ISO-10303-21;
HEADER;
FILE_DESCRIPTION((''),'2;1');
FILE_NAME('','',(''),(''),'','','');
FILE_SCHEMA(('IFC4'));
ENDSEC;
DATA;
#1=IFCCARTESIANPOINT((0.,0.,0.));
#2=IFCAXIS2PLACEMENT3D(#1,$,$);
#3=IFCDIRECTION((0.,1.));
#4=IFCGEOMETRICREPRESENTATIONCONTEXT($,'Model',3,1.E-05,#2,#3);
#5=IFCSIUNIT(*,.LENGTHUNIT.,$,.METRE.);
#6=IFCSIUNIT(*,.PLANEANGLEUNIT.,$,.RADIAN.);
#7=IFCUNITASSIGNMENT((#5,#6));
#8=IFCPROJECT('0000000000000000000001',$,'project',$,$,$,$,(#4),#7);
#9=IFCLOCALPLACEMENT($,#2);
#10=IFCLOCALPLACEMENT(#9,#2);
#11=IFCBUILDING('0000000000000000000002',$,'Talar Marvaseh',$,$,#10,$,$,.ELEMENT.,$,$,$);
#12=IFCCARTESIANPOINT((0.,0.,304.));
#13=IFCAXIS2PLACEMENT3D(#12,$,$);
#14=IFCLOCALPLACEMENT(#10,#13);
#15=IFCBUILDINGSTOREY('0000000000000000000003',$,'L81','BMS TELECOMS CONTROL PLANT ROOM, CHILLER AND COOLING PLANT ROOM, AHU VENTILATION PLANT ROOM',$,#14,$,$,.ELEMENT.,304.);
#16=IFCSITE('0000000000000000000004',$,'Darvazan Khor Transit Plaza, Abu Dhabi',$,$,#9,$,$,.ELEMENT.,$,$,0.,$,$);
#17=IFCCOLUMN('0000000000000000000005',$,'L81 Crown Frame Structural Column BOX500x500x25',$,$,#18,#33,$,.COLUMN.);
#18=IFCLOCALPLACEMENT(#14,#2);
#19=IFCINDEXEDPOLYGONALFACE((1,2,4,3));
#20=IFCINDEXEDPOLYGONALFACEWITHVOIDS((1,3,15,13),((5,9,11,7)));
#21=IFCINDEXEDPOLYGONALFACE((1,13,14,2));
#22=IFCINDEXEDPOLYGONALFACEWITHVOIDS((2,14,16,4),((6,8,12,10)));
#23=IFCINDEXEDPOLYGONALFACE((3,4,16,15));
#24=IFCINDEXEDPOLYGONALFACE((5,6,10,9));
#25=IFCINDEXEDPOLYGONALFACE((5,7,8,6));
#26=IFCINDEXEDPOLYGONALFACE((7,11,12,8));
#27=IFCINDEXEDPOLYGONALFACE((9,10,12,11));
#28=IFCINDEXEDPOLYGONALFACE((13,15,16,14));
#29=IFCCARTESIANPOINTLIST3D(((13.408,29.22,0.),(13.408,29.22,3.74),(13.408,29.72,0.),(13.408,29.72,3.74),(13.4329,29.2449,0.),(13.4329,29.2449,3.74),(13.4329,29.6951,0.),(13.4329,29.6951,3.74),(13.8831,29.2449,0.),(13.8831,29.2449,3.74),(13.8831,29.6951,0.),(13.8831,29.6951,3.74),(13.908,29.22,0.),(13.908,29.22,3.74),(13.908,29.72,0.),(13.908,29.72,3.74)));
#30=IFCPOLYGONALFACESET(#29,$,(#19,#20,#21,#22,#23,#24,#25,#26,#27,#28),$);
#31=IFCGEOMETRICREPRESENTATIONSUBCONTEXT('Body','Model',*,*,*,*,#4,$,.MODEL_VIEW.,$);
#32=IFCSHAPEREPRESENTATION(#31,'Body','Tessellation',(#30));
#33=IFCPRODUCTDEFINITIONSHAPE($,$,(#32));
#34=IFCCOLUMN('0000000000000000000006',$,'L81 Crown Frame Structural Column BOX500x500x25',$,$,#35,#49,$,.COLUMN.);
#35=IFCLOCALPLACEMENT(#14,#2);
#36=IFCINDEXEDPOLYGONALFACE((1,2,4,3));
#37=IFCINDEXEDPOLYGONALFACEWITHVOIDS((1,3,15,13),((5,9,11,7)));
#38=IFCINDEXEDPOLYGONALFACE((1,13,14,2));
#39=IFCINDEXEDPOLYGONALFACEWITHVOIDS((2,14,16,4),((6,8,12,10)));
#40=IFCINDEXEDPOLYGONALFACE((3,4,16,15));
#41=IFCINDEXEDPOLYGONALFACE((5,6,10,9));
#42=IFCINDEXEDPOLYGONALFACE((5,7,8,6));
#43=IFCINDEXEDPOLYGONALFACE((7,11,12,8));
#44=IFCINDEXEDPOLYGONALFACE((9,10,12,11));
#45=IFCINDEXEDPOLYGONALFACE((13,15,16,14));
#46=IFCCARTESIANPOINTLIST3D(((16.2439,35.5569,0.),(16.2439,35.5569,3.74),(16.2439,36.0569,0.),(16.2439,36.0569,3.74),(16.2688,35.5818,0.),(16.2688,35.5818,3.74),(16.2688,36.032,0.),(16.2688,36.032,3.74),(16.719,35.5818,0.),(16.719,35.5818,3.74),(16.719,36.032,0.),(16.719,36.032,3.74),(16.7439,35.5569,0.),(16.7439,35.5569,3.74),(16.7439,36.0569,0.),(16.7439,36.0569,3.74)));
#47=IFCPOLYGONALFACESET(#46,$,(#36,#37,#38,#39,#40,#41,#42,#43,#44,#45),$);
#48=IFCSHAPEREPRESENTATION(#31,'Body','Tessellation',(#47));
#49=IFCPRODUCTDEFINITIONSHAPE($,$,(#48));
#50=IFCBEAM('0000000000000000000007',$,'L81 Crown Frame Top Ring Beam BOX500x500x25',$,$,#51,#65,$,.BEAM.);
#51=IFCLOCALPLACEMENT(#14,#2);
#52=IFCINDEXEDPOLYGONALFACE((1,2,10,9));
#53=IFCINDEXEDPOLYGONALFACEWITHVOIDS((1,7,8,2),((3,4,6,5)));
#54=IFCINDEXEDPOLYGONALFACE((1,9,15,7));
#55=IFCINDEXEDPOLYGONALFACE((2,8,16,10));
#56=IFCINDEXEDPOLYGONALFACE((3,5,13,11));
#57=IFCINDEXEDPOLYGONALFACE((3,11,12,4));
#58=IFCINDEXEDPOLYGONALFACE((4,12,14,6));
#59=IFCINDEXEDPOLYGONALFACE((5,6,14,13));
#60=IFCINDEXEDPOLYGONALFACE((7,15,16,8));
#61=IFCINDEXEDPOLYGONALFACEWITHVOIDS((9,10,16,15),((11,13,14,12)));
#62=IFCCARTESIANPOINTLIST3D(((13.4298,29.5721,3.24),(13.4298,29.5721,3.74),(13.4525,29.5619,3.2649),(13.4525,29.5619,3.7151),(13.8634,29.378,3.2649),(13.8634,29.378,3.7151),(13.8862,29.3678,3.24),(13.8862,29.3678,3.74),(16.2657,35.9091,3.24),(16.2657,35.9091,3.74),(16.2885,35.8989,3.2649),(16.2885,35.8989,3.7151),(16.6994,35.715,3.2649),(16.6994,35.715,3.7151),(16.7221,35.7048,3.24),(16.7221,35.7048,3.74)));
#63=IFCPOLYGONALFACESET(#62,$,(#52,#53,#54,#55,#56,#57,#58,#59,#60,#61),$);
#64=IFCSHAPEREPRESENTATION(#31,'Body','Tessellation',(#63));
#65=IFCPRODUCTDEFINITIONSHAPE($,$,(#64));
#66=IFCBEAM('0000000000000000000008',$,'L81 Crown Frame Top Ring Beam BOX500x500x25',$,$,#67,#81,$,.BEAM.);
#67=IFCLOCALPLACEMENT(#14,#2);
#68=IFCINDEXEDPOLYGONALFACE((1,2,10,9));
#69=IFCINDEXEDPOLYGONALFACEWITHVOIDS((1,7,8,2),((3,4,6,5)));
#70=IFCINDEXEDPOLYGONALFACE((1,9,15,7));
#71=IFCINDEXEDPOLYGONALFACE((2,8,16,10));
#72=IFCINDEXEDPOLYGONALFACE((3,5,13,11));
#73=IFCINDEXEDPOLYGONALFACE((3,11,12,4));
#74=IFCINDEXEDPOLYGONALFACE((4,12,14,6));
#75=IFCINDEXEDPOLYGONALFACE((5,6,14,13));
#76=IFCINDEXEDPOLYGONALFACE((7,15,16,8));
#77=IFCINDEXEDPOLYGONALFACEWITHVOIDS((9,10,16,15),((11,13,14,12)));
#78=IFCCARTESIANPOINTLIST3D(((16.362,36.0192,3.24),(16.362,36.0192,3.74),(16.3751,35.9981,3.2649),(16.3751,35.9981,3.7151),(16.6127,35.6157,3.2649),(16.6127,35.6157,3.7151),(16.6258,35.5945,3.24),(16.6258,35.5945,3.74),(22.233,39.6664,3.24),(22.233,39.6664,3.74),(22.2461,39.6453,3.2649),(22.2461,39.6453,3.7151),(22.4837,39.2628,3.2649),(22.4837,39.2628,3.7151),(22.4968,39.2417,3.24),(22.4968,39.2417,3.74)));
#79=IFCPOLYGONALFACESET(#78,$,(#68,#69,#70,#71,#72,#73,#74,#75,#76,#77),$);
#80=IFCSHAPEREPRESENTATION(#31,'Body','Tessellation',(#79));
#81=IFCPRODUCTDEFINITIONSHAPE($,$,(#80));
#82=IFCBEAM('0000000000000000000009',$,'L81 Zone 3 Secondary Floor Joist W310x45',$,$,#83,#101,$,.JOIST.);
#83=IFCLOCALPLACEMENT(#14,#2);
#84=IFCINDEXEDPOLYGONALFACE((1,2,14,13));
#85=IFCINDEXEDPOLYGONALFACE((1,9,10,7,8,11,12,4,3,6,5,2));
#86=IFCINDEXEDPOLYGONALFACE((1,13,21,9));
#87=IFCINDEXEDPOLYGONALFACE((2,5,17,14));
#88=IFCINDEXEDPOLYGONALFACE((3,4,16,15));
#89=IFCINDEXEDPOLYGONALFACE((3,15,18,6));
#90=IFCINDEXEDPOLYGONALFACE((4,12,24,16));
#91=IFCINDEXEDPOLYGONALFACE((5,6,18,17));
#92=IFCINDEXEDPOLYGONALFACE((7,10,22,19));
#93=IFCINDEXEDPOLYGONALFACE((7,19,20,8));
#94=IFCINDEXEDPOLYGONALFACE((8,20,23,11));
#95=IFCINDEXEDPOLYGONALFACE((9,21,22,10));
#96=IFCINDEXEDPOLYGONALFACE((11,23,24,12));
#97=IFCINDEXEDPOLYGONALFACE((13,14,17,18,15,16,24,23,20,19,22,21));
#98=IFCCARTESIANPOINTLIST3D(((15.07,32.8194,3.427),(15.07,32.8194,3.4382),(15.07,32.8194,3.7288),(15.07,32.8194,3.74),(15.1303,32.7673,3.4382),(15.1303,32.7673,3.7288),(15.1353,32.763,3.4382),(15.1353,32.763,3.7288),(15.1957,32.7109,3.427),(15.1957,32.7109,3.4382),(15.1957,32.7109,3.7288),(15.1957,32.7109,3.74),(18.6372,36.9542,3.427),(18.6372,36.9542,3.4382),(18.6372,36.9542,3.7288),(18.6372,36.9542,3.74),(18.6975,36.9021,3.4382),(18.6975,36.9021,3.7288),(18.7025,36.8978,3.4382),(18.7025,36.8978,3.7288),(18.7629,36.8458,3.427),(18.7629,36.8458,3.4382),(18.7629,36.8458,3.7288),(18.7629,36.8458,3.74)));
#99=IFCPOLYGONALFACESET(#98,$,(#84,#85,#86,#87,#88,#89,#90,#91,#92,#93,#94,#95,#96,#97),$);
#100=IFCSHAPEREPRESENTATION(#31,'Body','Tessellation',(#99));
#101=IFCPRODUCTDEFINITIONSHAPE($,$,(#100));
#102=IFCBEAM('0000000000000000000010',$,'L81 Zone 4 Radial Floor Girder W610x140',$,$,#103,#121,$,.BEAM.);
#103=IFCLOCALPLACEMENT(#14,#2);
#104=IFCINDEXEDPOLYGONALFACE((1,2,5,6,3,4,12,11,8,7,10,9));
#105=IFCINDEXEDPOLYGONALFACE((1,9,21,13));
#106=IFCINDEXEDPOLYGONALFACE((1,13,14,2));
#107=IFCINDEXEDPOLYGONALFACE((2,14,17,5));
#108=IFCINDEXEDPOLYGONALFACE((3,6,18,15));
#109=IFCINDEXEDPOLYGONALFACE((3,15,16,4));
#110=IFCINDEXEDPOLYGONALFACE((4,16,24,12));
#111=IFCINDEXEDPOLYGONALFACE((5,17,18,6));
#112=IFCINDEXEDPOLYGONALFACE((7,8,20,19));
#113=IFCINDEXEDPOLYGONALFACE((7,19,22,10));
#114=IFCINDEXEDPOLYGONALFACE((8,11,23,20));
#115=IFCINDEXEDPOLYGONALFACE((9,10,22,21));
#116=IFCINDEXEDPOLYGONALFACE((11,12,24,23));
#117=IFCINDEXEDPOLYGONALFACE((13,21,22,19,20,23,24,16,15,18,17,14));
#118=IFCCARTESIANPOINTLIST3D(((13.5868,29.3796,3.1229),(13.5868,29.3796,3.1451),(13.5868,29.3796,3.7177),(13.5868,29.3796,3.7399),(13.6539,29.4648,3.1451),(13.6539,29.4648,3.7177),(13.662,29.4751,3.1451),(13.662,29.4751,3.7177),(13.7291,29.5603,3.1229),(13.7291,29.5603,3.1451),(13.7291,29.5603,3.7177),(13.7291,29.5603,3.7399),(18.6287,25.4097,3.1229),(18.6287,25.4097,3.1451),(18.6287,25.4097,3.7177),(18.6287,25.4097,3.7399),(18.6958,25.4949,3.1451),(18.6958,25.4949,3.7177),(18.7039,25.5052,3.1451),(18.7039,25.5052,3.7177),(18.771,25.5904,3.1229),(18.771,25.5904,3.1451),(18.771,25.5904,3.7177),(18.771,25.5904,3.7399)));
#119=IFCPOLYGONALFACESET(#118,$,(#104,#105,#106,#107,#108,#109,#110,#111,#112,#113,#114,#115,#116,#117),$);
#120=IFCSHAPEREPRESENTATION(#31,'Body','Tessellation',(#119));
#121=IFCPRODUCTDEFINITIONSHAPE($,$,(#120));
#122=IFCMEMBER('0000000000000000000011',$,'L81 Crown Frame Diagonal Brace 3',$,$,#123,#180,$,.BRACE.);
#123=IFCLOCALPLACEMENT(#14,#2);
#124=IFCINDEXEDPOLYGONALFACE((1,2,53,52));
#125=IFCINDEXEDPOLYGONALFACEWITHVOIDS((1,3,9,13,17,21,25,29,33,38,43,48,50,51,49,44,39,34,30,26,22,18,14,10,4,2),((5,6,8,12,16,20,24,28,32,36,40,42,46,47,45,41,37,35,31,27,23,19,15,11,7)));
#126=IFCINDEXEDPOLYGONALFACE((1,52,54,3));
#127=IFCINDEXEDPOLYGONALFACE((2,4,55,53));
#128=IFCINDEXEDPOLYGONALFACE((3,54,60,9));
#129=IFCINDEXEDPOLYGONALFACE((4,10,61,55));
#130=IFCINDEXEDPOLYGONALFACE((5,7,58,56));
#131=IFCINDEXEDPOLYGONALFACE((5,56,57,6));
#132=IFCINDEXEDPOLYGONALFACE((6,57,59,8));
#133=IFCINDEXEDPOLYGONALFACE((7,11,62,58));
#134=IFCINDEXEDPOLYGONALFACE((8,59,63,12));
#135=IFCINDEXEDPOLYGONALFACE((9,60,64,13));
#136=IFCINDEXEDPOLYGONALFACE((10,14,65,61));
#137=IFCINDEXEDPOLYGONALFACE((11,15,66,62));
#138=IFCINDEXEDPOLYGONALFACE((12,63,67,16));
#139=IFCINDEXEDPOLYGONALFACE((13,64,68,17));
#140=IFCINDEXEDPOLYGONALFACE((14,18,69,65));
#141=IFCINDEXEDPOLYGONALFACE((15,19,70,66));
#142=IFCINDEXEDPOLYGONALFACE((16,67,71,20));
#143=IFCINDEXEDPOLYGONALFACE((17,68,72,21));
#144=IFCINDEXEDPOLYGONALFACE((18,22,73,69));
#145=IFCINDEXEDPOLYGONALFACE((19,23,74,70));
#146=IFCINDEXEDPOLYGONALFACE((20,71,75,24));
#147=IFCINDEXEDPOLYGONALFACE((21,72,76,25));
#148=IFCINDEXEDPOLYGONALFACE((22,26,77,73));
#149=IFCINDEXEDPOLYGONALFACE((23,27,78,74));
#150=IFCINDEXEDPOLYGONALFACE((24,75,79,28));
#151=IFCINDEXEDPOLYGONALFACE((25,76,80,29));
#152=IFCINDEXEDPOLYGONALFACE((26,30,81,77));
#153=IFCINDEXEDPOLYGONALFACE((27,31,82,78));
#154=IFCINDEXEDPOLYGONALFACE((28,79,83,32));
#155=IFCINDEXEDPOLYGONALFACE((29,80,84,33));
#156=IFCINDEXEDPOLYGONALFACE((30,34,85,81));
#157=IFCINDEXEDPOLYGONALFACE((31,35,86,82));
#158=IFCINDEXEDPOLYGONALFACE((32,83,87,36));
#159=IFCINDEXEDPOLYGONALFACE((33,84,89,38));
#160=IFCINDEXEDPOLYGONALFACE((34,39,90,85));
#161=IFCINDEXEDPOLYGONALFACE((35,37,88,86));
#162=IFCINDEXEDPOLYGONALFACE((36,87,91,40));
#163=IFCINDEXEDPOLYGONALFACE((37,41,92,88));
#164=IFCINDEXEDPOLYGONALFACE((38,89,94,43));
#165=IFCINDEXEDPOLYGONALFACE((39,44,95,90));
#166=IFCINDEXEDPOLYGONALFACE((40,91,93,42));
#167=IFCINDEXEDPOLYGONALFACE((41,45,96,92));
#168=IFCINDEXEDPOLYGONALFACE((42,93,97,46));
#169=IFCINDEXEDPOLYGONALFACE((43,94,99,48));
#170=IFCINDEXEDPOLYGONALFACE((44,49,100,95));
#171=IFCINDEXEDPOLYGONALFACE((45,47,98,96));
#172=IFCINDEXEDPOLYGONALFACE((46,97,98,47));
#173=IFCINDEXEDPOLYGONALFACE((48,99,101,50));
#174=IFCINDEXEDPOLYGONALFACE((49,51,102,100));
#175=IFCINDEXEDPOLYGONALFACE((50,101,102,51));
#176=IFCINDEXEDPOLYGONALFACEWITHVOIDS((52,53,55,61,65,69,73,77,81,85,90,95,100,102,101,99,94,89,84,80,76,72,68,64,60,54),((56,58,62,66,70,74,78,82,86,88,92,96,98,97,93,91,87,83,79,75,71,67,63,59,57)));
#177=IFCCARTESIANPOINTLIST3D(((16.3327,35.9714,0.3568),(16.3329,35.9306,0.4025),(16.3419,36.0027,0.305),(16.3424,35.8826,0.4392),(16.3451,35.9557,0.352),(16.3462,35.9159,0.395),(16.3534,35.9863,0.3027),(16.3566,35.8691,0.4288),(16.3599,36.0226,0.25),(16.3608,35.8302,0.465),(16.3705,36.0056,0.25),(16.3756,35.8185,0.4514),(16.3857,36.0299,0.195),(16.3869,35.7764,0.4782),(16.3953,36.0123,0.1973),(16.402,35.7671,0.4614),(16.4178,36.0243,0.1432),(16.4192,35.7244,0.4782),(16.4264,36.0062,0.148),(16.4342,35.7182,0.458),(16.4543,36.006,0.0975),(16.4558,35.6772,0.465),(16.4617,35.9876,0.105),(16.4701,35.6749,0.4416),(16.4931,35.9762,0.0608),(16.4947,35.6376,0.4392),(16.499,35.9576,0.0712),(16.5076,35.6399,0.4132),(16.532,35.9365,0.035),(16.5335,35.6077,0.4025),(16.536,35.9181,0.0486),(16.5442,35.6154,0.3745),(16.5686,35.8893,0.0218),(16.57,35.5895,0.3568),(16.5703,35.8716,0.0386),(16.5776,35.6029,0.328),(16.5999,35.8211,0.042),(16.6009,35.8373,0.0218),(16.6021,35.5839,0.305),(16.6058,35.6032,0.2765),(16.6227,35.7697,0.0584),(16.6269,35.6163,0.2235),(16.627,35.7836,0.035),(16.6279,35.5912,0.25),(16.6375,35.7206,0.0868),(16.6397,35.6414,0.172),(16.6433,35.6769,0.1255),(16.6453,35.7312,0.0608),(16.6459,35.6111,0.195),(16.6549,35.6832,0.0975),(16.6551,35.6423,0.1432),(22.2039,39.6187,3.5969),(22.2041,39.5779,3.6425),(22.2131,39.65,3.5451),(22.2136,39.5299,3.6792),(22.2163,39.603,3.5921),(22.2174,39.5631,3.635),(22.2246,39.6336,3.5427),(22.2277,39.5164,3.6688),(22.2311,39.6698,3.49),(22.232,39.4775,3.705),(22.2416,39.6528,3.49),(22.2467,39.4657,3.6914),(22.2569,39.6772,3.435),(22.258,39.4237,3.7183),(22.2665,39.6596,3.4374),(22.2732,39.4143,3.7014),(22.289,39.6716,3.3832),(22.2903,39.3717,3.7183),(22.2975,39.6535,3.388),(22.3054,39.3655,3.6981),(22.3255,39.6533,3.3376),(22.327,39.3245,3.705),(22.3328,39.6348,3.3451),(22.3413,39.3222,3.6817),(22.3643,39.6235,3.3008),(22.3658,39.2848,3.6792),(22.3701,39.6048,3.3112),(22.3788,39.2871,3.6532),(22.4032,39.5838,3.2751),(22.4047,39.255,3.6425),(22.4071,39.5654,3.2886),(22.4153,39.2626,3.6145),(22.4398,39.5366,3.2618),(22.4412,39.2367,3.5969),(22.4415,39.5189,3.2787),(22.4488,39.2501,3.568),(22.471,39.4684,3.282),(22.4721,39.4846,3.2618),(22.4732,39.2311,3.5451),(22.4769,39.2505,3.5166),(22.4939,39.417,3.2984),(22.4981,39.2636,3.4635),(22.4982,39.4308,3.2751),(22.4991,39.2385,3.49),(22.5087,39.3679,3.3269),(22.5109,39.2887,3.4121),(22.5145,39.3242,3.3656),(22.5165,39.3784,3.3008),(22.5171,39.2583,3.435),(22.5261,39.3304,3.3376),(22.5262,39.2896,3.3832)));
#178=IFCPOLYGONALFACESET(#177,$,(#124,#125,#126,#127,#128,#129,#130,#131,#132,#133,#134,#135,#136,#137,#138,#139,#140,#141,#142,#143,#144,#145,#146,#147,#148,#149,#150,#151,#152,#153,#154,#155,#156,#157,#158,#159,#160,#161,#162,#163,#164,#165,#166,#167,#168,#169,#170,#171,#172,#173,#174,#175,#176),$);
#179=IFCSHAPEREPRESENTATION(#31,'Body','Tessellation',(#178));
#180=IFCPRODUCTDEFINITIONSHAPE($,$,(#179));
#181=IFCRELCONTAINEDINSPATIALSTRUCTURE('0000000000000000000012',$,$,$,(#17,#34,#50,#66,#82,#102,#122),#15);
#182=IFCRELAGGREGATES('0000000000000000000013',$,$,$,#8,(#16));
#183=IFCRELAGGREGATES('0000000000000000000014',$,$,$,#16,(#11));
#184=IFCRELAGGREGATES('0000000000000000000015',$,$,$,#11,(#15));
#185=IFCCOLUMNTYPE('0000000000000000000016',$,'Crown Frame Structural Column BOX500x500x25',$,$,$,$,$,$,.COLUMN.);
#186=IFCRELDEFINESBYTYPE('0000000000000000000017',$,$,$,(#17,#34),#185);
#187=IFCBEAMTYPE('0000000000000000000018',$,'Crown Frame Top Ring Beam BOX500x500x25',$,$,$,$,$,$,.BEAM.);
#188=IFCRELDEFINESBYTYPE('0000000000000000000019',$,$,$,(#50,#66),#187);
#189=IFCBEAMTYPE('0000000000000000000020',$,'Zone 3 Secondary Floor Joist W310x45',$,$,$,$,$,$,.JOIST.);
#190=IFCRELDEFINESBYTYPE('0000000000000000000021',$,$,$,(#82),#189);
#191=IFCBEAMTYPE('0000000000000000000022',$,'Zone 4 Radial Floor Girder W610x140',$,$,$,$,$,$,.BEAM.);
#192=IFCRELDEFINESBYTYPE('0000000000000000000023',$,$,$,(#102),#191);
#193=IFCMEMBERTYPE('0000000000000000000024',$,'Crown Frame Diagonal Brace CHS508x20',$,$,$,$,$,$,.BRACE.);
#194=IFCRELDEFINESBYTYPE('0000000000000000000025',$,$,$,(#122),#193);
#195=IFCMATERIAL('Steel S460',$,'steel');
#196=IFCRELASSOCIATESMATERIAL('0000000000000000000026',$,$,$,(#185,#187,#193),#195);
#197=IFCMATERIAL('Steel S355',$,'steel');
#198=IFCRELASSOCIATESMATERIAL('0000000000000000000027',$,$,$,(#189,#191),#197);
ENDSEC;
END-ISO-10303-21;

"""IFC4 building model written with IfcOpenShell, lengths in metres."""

from ifc_helpers import new_model, si_unit, direction, frame, origin, origin_2d, place, context, subcontext, project, spatial, hollow_rectangle, hollow_circle, i_section, extrude, source, transform, mapped, material, material_profile, profile_set, type_object, type_shapes, element, save


model = new_model("IFC4")

# Units and contexts
model_context = context("Model", 3, precision=1e-05, world=origin(), true_north=direction((0.0, 1.0)))
body_context = subcontext(model_context, "Body", "Model", "MODEL_VIEW")
ifc_project = project(units=[si_unit("LENGTHUNIT", "METRE"), si_unit("PLANEANGLEUNIT", "RADIAN")], contexts=[model_context])

# Site, building, storey
site_placement = place(None, origin())
site = spatial("IfcSite", under=ifc_project, at=site_placement, Name="Darvazan Khor Transit Plaza, Abu Dhabi", CompositionType="ELEMENT", RefElevation=0.0)
building_placement = place(site_placement, origin())
building = spatial("IfcBuilding", under=site, at=building_placement, Name="Talar Marvaseh", CompositionType="ELEMENT")
storey_placement = place(building_placement, frame((0.0, 0.0, 304.0)))
storey = spatial("IfcBuildingStorey", under=building, at=storey_placement, Name="L81", Description="BMS TELECOMS CONTROL PLANT ROOM, CHILLER AND COOLING PLANT ROOM, AHU VENTILATION PLANT ROOM", CompositionType="ELEMENT", Elevation=304.0)

# Columns
ifc_material_1 = material(Name="Steel S460", Category="steel")
ifc_material_profile_1 = material_profile(ifc_material_1, hollow_rectangle(XDim=0.5, YDim=0.5, WallThickness=0.0249, at=origin_2d()), Name="BOX500x500x25")
ifc_profile_set_1 = profile_set([ifc_material_profile_1], Name="Steel S460")
column_type = type_object("IfcColumnType", Name="Crown Frame Structural Column BOX500x500x25", PredefinedType="COLUMN", material=ifc_profile_set_1)
for number, where, z_axis, x_axis, name in (
    (1, (13.658, 29.47, 0.0), (0.0, 0.0, 1.0), (1.0, 0.0, 0.0), "L81 Crown Frame Structural Column BOX500x500x25"),
    (2, (16.4939, 35.8069, 0.0), (0.0, 0.0, 1.0), (1.0, 0.0, 0.0), "L81 Crown Frame Structural Column BOX500x500x25"),
):
    element("IfcColumn", number, at=place(storey_placement, frame(where, z_axis=z_axis, x_axis=x_axis)), inside=storey, type_object=column_type, Name=name, PredefinedType="COLUMN", context=body_context, shape_type="SweptSolid", body=[
        extrude(hollow_rectangle(XDim=0.5, YDim=0.5, WallThickness=0.0249, at=origin_2d()), origin(), (0.0, 0.0, 1.0), 3.74),
    ])

# Beams
ifc_material_profile_2 = material_profile(ifc_material_1, hollow_rectangle(XDim=0.5, YDim=0.5, WallThickness=0.0249, at=origin_2d()), Name="BOX500x500x25")
ifc_profile_set_2 = profile_set([ifc_material_profile_2], Name="Steel S460")
beam_type_1 = type_object("IfcBeamType", Name="Crown Frame Top Ring Beam BOX500x500x25", PredefinedType="BEAM", material=ifc_profile_set_2)
beam_1_placement = place(storey_placement, frame((13.658, 29.47, 3.49), z_axis=(0.408486, 0.912764, 0.0), x_axis=(-0.912764, 0.408486, 0.0)))
element("IfcBeam", 3, at=beam_1_placement, inside=storey, type_object=beam_type_1, Name="L81 Crown Frame Top Ring Beam BOX500x500x25", PredefinedType="BEAM", context=body_context, shape_type="SweptSolid", body=[
    extrude(hollow_rectangle(XDim=0.5, YDim=0.5, WallThickness=0.0249, at=origin_2d()), origin(), (0.0, 0.0, 1.0), 6.9426),
])
beam_2_placement = place(storey_placement, frame((16.4939, 35.8069, 3.49), z_axis=(0.84944, 0.527686, 0.0), x_axis=(-0.527686, 0.84944, 0.0)))
element("IfcBeam", 4, at=beam_2_placement, inside=storey, type_object=beam_type_1, Name="L81 Crown Frame Top Ring Beam BOX500x500x25", PredefinedType="BEAM", context=body_context, shape_type="SweptSolid", body=[
    extrude(hollow_rectangle(XDim=0.5, YDim=0.5, WallThickness=0.0249, at=origin_2d()), origin(), (0.0, 0.0, 1.0), 6.9116),
])
ifc_material_2 = material(Name="Steel S355", Category="steel")
ifc_material_profile_3 = material_profile(ifc_material_2, i_section(OverallWidth=0.166, OverallDepth=0.313, WebThickness=0.0066, FlangeThickness=0.0112, at=origin_2d()), Name="W310x45")
ifc_profile_set_3 = profile_set([ifc_material_profile_3], Name="Steel S355")
beam_type_2 = type_object("IfcBeamType", Name="Zone 3 Secondary Floor Joist W310x45", PredefinedType="JOIST", material=ifc_profile_set_3)
beam_3_placement = place(storey_placement, frame((15.1328, 32.7651, 3.5835), z_axis=(0.653222, 0.757167, 0.0), x_axis=(-0.757167, 0.653222, 0.0)))
element("IfcBeam", 5, at=beam_3_placement, inside=storey, type_object=beam_type_2, Name="L81 Zone 3 Secondary Floor Joist W310x45", PredefinedType="JOIST", context=body_context, shape_type="SweptSolid", body=[
    extrude(i_section(OverallWidth=0.166, OverallDepth=0.313, WebThickness=0.0066, FlangeThickness=0.0112, at=origin_2d()), origin(), (0.0, 0.0, 1.0), 5.4609),
])
ifc_material_profile_4 = material_profile(ifc_material_2, i_section(OverallWidth=0.23, OverallDepth=0.6169, WebThickness=0.0132, FlangeThickness=0.0222, at=origin_2d()), Name="W610x140")
ifc_profile_set_4 = profile_set([ifc_material_profile_4], Name="Steel S355")
beam_type_3 = type_object("IfcBeamType", Name="Zone 4 Radial Floor Girder W610x140", PredefinedType="BEAM", material=ifc_profile_set_4)
beam_4_placement = place(storey_placement, frame((13.658, 29.47, 3.4314), z_axis=(0.785682, -0.618631, 0.0), x_axis=(0.618631, 0.785682, 0.0)))
element("IfcBeam", 6, at=beam_4_placement, inside=storey, type_object=beam_type_3, Name="L81 Zone 4 Radial Floor Girder W610x140", PredefinedType="BEAM", context=body_context, shape_type="SweptSolid", body=[
    extrude(i_section(OverallWidth=0.23, OverallDepth=0.6169, WebThickness=0.0132, FlangeThickness=0.0222, at=origin_2d()), origin(), (0.0, 0.0, 1.0), 6.4172),
])

# Member
ifc_material_profile_5 = material_profile(ifc_material_1, hollow_circle(Radius=0.2539, WallThickness=0.02, at=origin_2d()), Name="CHS508x20")
ifc_profile_set_5 = profile_set([ifc_material_profile_5], Name="Steel S460")
member_type_1 = type_object("IfcMemberType", Name="Crown Frame Diagonal Brace CHS508x20", PredefinedType="BRACE", material=ifc_profile_set_5)
shared_shape_1 = source(origin(), body_context, "Body", "SweptSolid", [
    extrude(hollow_circle(Radius=0.2539, WallThickness=0.02, at=origin_2d()), origin(), (0.0, 0.0, 1.0), 7.6335),
])
type_shapes(member_type_1, [shared_shape_1])
member_1_placement = place(storey_placement, frame((16.4939, 35.8069, 0.25), z_axis=(0.769128, 0.477794, 0.424447), x_axis=(-0.527686, 0.84944, 0.0)))
element("IfcMember", 7, at=member_1_placement, inside=storey, type_object=member_type_1, Name="L81 Crown Frame Diagonal Brace 3", PredefinedType="BRACE", context=body_context, shape_type="MappedRepresentation", body=[
    mapped(shared_shape_1, transform((0.0, 0.0, 0.0), x_axis=(1.0, 0.0, 0.0), y_axis=(0.0, 1.0, 0.0), z_axis=(0.0, 0.0, 1.0), scale=1.0)),
])

save(model, "model.ifc")
